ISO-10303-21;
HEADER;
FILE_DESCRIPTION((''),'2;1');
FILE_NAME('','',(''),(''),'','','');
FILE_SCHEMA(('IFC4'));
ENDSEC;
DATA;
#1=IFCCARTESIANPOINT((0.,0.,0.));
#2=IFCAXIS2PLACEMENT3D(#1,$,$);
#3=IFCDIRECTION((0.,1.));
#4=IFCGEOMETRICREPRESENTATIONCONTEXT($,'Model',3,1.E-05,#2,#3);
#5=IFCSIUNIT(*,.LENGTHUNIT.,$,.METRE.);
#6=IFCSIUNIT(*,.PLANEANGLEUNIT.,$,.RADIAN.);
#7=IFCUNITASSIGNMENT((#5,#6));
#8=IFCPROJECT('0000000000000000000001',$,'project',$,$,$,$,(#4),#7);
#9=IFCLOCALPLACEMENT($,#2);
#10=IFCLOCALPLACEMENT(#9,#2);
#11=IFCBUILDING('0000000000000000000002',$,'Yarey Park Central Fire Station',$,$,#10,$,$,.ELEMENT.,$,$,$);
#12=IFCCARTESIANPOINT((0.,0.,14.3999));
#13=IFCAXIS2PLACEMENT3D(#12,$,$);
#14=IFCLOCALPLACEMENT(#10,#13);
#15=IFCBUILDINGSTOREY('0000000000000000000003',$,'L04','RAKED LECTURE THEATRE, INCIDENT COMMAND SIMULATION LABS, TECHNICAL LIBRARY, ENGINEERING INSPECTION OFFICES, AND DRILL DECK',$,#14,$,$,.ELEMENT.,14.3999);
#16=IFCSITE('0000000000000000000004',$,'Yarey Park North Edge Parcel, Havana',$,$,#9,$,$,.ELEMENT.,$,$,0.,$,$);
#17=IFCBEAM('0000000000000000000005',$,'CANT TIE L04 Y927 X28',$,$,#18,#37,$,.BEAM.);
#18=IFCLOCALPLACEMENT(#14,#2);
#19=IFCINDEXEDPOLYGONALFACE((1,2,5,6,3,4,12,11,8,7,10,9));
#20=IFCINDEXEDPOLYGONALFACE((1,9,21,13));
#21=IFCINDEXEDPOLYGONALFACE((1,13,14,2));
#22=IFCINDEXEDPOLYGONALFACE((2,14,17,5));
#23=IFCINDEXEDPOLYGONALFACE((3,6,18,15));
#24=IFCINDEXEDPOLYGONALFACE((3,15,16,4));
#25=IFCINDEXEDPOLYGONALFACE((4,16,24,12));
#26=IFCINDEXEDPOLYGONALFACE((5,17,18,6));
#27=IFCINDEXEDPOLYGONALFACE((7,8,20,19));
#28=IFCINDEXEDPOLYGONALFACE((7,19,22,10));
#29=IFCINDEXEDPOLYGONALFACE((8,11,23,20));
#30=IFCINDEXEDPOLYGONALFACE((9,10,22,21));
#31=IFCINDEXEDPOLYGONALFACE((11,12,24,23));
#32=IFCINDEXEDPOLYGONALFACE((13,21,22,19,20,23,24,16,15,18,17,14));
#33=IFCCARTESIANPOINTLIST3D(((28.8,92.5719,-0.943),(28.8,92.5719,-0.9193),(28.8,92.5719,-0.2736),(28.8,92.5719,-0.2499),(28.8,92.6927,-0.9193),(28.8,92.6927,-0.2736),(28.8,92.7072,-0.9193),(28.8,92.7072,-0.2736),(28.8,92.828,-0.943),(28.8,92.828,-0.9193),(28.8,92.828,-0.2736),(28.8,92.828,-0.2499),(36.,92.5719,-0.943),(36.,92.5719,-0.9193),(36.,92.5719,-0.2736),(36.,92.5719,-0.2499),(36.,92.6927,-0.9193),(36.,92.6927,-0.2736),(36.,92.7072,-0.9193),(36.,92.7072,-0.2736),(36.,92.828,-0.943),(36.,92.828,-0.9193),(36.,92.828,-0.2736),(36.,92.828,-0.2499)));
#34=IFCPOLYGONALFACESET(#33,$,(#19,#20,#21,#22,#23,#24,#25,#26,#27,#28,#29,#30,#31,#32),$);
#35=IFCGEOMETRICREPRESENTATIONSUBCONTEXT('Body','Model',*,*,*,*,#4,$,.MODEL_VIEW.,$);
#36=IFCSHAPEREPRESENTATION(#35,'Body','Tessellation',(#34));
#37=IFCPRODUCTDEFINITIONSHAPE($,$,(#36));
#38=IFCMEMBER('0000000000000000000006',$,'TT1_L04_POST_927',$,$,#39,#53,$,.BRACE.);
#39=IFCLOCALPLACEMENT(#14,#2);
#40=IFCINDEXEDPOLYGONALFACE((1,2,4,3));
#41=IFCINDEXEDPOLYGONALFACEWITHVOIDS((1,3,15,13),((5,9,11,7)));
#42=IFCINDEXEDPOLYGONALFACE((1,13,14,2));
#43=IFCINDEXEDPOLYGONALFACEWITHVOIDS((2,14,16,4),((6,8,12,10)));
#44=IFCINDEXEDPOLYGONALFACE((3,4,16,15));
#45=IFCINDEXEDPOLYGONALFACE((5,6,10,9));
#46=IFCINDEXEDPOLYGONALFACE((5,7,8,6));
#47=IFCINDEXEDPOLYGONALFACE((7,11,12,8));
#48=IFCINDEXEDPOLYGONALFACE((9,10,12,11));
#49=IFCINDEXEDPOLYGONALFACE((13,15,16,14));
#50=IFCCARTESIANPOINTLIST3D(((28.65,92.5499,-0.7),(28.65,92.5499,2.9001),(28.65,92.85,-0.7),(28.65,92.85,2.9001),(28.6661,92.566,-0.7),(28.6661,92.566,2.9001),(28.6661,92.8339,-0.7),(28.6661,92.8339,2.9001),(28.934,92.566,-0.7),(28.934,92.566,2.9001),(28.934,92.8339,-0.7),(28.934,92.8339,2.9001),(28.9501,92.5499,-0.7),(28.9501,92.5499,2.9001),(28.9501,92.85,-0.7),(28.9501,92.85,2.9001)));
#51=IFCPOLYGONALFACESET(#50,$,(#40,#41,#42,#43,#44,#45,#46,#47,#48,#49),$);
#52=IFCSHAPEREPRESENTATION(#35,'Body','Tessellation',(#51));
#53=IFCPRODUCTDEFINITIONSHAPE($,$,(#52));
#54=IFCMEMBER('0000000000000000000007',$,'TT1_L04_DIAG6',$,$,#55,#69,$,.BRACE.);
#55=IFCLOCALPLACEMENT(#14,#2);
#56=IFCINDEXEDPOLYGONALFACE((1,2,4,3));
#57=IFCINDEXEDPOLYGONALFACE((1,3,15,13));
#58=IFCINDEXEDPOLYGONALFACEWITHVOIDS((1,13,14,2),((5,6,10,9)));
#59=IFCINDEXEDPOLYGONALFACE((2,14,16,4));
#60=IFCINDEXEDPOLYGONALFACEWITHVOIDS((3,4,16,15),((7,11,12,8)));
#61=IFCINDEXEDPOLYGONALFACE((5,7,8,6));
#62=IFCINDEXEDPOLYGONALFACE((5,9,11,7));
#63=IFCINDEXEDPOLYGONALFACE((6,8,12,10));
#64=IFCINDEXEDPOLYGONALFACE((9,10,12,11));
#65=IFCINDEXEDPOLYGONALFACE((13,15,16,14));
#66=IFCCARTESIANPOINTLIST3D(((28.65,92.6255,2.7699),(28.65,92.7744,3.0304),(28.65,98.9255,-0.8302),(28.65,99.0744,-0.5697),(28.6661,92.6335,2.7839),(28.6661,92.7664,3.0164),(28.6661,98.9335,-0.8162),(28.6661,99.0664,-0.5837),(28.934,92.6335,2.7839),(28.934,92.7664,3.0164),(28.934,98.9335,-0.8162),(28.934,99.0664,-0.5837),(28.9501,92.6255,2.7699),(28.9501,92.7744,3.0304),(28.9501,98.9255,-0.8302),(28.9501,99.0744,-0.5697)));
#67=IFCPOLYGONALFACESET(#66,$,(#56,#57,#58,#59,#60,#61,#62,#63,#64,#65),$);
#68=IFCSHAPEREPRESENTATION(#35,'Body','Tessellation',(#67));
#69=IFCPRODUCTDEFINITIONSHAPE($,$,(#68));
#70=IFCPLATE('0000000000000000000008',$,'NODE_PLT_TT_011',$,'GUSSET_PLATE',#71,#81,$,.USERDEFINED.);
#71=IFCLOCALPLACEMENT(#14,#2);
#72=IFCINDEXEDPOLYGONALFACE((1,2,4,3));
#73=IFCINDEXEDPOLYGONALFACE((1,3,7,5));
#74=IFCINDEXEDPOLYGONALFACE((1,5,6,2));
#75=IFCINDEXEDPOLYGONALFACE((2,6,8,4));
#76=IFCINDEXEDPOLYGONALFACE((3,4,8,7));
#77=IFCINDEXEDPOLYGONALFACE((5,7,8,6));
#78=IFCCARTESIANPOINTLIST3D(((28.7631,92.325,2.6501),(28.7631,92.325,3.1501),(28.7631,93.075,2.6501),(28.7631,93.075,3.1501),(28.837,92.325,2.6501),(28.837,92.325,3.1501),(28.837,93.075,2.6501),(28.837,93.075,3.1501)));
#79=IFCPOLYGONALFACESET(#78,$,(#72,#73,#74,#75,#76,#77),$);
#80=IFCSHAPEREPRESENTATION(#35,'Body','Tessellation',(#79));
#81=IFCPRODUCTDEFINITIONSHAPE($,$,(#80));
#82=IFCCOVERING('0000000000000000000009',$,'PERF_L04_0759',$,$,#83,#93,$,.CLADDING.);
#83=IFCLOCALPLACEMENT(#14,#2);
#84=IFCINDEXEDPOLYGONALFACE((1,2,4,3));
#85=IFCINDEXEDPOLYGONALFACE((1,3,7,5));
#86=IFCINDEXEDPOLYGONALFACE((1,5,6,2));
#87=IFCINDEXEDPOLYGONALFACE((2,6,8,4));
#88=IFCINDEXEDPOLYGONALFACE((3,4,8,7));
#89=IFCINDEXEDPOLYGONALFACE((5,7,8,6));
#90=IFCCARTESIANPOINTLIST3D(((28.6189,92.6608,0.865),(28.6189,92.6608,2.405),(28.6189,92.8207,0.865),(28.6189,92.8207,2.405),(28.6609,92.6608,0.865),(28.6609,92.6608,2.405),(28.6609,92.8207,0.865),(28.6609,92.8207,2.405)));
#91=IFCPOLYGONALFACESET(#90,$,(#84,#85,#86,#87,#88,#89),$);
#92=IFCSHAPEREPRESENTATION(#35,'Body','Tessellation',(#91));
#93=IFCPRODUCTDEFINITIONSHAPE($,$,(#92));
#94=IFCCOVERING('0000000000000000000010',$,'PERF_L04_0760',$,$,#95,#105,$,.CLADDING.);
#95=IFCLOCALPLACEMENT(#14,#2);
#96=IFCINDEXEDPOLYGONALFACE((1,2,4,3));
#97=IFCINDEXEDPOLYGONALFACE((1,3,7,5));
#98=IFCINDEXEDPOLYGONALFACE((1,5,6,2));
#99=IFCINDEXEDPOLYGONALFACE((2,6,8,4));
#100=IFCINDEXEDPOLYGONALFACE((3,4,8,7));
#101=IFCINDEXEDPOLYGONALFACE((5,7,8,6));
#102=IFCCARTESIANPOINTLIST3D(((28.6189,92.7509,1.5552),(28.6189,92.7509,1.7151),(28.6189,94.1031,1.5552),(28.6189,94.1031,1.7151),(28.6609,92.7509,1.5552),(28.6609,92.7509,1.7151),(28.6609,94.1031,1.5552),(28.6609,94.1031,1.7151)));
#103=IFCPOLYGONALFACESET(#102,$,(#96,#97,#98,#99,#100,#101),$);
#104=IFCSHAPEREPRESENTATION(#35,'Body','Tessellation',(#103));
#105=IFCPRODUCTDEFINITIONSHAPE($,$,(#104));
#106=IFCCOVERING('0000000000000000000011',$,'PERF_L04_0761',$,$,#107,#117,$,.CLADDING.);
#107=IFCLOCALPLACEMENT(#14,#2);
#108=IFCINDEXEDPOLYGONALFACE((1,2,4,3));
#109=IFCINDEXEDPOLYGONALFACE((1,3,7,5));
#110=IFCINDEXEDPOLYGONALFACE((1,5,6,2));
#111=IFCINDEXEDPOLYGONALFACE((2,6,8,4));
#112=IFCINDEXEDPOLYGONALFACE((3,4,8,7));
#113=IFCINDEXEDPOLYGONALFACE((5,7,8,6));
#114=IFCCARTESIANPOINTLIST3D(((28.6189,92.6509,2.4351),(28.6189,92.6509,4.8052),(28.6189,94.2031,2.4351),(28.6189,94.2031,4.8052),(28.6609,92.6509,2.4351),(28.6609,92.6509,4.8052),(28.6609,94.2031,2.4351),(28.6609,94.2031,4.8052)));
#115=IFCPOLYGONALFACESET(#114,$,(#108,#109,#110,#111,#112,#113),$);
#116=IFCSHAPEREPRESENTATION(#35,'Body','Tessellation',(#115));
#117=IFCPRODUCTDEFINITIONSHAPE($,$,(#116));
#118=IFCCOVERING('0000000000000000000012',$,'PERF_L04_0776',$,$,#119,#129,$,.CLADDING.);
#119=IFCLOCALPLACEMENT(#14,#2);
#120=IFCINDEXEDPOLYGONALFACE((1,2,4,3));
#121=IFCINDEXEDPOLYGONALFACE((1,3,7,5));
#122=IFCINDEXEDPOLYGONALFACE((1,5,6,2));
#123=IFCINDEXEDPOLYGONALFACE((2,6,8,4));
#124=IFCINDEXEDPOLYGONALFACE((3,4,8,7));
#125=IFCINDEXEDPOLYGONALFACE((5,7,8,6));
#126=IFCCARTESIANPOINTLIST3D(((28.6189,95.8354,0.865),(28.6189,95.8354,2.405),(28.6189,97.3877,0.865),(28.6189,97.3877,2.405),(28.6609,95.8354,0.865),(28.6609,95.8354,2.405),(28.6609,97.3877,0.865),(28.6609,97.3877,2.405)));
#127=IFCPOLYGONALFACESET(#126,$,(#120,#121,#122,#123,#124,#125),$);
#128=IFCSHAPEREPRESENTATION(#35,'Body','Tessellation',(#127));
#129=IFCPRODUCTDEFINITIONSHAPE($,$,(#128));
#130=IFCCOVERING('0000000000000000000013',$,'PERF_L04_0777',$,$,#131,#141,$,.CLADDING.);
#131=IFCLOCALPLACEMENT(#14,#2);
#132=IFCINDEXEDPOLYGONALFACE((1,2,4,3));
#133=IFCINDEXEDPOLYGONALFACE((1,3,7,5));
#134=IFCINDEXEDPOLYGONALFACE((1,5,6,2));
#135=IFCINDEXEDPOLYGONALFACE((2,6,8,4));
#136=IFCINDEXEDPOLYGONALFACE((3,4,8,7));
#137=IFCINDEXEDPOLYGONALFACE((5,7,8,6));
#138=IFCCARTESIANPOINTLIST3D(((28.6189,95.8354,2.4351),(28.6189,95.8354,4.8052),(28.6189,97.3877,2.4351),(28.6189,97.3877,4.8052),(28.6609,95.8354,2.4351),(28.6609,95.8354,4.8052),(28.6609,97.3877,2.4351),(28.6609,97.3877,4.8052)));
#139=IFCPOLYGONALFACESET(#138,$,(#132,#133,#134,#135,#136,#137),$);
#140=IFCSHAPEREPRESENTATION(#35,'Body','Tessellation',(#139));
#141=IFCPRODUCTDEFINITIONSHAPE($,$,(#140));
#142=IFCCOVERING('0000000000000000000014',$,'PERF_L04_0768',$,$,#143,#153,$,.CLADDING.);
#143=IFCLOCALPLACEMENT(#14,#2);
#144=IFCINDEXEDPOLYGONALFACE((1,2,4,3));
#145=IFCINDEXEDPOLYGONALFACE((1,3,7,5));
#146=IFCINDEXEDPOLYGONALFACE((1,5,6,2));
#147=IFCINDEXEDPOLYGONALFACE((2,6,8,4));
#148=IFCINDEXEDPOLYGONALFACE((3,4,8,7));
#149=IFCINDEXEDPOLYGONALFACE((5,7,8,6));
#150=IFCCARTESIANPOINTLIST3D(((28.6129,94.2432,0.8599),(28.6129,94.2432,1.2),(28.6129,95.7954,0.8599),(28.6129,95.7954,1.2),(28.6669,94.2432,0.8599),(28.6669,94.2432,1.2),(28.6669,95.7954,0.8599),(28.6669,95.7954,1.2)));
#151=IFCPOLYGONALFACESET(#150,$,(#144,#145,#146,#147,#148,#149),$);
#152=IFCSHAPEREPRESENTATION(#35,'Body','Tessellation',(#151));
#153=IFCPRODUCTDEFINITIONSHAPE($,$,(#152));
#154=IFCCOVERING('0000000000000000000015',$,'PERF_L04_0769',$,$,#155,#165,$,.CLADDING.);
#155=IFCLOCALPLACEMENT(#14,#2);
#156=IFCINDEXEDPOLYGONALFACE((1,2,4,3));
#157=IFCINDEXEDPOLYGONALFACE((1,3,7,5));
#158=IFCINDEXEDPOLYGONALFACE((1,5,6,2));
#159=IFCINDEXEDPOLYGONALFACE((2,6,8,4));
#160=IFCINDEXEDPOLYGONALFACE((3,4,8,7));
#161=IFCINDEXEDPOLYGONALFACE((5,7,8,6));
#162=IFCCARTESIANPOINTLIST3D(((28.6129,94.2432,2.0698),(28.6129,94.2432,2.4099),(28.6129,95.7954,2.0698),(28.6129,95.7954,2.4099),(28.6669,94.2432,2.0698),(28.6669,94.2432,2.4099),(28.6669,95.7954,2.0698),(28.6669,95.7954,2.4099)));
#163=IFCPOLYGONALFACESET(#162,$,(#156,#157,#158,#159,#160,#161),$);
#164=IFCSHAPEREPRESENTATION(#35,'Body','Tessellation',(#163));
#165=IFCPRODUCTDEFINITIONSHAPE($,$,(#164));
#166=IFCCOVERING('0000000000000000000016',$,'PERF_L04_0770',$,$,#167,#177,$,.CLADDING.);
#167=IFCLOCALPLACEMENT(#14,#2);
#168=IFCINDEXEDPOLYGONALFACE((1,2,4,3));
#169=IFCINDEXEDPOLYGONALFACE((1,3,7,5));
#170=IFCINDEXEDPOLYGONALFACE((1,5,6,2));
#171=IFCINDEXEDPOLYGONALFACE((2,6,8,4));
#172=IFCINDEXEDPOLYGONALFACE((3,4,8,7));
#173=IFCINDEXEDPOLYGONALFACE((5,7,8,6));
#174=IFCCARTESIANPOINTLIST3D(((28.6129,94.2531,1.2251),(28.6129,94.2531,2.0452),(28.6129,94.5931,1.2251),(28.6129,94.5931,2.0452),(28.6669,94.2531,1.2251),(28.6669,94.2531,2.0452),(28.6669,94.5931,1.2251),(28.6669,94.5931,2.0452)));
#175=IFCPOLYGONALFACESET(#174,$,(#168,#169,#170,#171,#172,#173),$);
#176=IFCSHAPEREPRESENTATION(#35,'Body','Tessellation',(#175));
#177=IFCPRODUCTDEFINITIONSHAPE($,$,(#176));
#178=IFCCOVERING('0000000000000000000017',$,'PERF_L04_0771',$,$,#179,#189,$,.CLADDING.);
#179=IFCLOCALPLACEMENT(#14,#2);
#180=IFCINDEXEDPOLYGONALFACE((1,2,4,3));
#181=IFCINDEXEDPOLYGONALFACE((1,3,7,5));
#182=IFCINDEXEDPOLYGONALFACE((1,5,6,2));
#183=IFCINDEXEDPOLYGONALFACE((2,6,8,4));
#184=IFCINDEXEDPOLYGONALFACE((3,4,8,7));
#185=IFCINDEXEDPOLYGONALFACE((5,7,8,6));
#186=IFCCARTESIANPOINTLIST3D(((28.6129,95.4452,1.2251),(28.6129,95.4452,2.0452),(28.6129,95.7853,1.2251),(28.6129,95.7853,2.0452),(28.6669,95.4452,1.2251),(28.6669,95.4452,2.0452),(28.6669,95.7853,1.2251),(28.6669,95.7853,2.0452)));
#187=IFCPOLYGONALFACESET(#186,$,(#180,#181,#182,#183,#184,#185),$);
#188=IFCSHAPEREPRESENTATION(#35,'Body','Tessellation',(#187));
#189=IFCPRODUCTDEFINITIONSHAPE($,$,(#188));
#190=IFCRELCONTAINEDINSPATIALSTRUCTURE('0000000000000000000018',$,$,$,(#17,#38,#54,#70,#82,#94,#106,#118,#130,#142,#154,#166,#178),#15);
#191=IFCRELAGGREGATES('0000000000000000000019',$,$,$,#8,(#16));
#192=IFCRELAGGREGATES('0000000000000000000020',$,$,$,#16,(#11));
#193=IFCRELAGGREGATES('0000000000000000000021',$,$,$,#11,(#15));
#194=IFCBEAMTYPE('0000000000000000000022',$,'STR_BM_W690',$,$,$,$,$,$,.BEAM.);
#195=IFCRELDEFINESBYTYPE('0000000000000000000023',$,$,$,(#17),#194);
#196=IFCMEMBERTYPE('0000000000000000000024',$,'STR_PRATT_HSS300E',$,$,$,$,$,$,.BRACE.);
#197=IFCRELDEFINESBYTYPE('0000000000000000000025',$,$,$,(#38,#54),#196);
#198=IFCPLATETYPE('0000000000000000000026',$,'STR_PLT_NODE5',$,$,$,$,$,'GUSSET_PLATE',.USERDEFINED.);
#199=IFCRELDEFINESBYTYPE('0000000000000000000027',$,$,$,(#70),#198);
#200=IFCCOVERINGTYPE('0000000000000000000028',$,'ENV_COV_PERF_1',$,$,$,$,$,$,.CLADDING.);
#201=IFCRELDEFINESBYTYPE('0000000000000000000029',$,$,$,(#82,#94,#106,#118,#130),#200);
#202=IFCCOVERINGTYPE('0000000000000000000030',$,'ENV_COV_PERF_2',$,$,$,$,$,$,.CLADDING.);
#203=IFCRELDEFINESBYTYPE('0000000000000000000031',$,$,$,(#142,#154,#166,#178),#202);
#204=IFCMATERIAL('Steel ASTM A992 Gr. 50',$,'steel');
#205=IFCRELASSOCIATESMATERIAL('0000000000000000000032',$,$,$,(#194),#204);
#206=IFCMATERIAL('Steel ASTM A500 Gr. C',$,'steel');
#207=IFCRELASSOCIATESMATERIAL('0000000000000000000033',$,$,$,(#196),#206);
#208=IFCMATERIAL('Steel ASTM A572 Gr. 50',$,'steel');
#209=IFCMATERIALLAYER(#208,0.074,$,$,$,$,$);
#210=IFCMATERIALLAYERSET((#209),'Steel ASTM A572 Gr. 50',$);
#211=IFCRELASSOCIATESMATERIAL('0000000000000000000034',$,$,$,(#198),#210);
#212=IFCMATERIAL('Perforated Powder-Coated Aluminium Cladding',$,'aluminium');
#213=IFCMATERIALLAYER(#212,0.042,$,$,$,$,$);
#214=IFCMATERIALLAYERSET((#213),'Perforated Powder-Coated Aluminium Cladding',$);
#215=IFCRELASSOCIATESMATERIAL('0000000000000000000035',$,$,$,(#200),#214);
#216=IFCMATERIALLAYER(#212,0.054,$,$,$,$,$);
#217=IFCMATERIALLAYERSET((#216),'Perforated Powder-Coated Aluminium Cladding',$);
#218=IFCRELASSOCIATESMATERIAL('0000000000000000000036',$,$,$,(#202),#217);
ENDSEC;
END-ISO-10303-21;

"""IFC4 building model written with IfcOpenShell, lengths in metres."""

from ifc_helpers import new_model, si_unit, direction, frame, origin, origin_2d, place, context, subcontext, project, spatial, rectangle, hollow_rectangle, i_section, extrude, material, layer, layer_set, material_profile, profile_set, type_object, element, save


model = new_model("IFC4")

# Units and contexts
model_context = context("Model", 3, precision=1e-05, world=origin(), true_north=direction((0.0, 1.0)))
body_context = subcontext(model_context, "Body", "Model", "MODEL_VIEW")
ifc_project = project(units=[si_unit("LENGTHUNIT", "METRE"), si_unit("PLANEANGLEUNIT", "RADIAN")], contexts=[model_context])

# Site, building, storey
site_placement = place(None, origin())
site = spatial("IfcSite", under=ifc_project, at=site_placement, Name="Yarey Park North Edge Parcel, Havana", CompositionType="ELEMENT", RefElevation=0.0)
building_placement = place(site_placement, origin())
building = spatial("IfcBuilding", under=site, at=building_placement, Name="Yarey Park Central Fire Station", CompositionType="ELEMENT")
storey_placement = place(building_placement, frame((0.0, 0.0, 14.3999)))
storey = spatial("IfcBuildingStorey", under=building, at=storey_placement, Name="L04", Description="RAKED LECTURE THEATRE, INCIDENT COMMAND SIMULATION LABS, TECHNICAL LIBRARY, ENGINEERING INSPECTION OFFICES, AND DRILL DECK", CompositionType="ELEMENT", Elevation=14.3999)

# Beam
ifc_material_1 = material(Name="Steel ASTM A992 Gr. 50", Category="steel")
ifc_material_profile_1 = material_profile(ifc_material_1, i_section(OverallWidth=0.2561, OverallDepth=0.6931, WebThickness=0.0144, FlangeThickness=0.0237, at=origin_2d()), Name="W690x170")
ifc_profile_set_1 = profile_set([ifc_material_profile_1], Name="Steel ASTM A992 Gr. 50")
beam_type = type_object("IfcBeamType", Name="STR_BM_W690", PredefinedType="BEAM", material=ifc_profile_set_1)
beam_placement = place(storey_placement, frame((28.8, 92.7, -0.5964), z_axis=(1.0, 0.0, 0.0), x_axis=(0.0, 1.0, 0.0)))
element("IfcBeam", 1, at=beam_placement, inside=storey, type_object=beam_type, Name="CANT TIE L04 Y927 X28", PredefinedType="BEAM", context=body_context, shape_type="SweptSolid", body=[
    extrude(i_section(OverallWidth=0.2561, OverallDepth=0.6931, WebThickness=0.0144, FlangeThickness=0.0237, at=origin_2d()), origin(), (0.0, 0.0, 1.0), 7.2),
])

# Members
ifc_material_2 = material(Name="Steel ASTM A500 Gr. C", Category="steel")
ifc_material_profile_2 = material_profile(ifc_material_2, hollow_rectangle(XDim=0.3, YDim=0.3, WallThickness=0.0161, at=origin_2d()), Name="HSS 300x300x16")
ifc_profile_set_2 = profile_set([ifc_material_profile_2], Name="Steel ASTM A500 Gr. C")
member_type = type_object("IfcMemberType", Name="STR_PRATT_HSS300E", PredefinedType="BRACE", material=ifc_profile_set_2)
member_1_placement = place(storey_placement, frame((28.8, 92.7, -0.7), z_axis=(0.0, 0.0, 1.0), x_axis=(1.0, 0.0, 0.0)))
element("IfcMember", 2, at=member_1_placement, inside=storey, type_object=member_type, Name="TT1_L04_POST_927", PredefinedType="BRACE", context=body_context, shape_type="SweptSolid", body=[
    extrude(hollow_rectangle(XDim=0.3, YDim=0.3, WallThickness=0.0161, at=origin_2d()), origin(), (0.0, 0.0, 1.0), 3.6001),
])
member_2_placement = place(storey_placement, frame((28.8, 92.7, 2.9001), z_axis=(0.0, 0.868239, -0.496146), x_axis=(-1.0, 0.0, 0.0)))
element("IfcMember", 3, at=member_2_placement, inside=storey, type_object=member_type, Name="TT1_L04_DIAG6", PredefinedType="BRACE", context=body_context, shape_type="SweptSolid", body=[
    extrude(hollow_rectangle(XDim=0.3, YDim=0.3, WallThickness=0.0161, at=origin_2d()), origin(), (0.0, 0.0, 1.0), 7.2561),
])

# Plate
ifc_material_3 = material(Name="Steel ASTM A572 Gr. 50", Category="steel")
ifc_layer_1 = layer(ifc_material_3, 0.074)
ifc_layer_set_1 = layer_set([ifc_layer_1], Name="Steel ASTM A572 Gr. 50")
plate_type = type_object("IfcPlateType", Name="STR_PLT_NODE5", ElementType="GUSSET_PLATE", PredefinedType="USERDEFINED", material=ifc_layer_set_1)
plate_placement = place(storey_placement, frame((28.8, 92.7, 2.6501), z_axis=(0.0, 0.0, 1.0), x_axis=(1.0, 0.0, 0.0)))
element("IfcPlate", 4, at=plate_placement, inside=storey, type_object=plate_type, Name="NODE_PLT_TT_011", ObjectType="GUSSET_PLATE", PredefinedType="USERDEFINED", context=body_context, shape_type="SweptSolid", body=[
    extrude(rectangle(XDim=0.074, YDim=0.75, at=origin_2d()), origin(), (0.0, 0.0, 1.0), 0.5),
])

# Coverings
ifc_material_4 = material(Name="Perforated Powder-Coated Aluminium Cladding", Category="aluminium")
ifc_layer_2 = layer(ifc_material_4, 0.042)
ifc_layer_set_2 = layer_set([ifc_layer_2], Name="Perforated Powder-Coated Aluminium Cladding")
covering_type_1 = type_object("IfcCoveringType", Name="ENV_COV_PERF_1", PredefinedType="CLADDING", material=ifc_layer_set_2)
covering_1_placement = place(storey_placement, frame((28.6399, 92.7407, 0.865), z_axis=(0.0, 0.0, 1.0), x_axis=(0.0, 1.0, 0.0)))
element("IfcCovering", 5, at=covering_1_placement, inside=storey, type_object=covering_type_1, Name="PERF_L04_0759", PredefinedType="CLADDING", context=body_context, shape_type="SweptSolid", body=[
    extrude(rectangle(XDim=0.1599, YDim=0.042, at=origin_2d()), origin(), (0.0, 0.0, 1.0), 1.54),
])
covering_2_placement = place(storey_placement, frame((28.6399, 93.427, 1.5552), z_axis=(0.0, 0.0, 1.0), x_axis=(0.0, 1.0, 0.0)))
element("IfcCovering", 6, at=covering_2_placement, inside=storey, type_object=covering_type_1, Name="PERF_L04_0760", PredefinedType="CLADDING", context=body_context, shape_type="SweptSolid", body=[
    extrude(rectangle(XDim=1.3523, YDim=0.042, at=origin_2d()), origin(), (0.0, 0.0, 1.0), 0.1599),
])
covering_3_placement = place(storey_placement, frame((28.6399, 93.427, 2.4351), z_axis=(0.0, 0.0, 1.0), x_axis=(0.0, 1.0, 0.0)))
element("IfcCovering", 7, at=covering_3_placement, inside=storey, type_object=covering_type_1, Name="PERF_L04_0761", PredefinedType="CLADDING", context=body_context, shape_type="SweptSolid", body=[
    extrude(rectangle(XDim=1.5522, YDim=0.042, at=origin_2d()), origin(), (0.0, 0.0, 1.0), 2.3701),
])
covering_4_placement = place(storey_placement, frame((28.6399, 96.6116, 0.865), z_axis=(0.0, 0.0, 1.0), x_axis=(0.0, 1.0, 0.0)))
element("IfcCovering", 8, at=covering_4_placement, inside=storey, type_object=covering_type_1, Name="PERF_L04_0776", PredefinedType="CLADDING", context=body_context, shape_type="SweptSolid", body=[
    extrude(rectangle(XDim=1.5522, YDim=0.042, at=origin_2d()), origin(), (0.0, 0.0, 1.0), 1.54),
])
covering_5_placement = place(storey_placement, frame((28.6399, 96.6116, 2.4351), z_axis=(0.0, 0.0, 1.0), x_axis=(0.0, 1.0, 0.0)))
element("IfcCovering", 9, at=covering_5_placement, inside=storey, type_object=covering_type_1, Name="PERF_L04_0777", PredefinedType="CLADDING", context=body_context, shape_type="SweptSolid", body=[
    extrude(rectangle(XDim=1.5522, YDim=0.042, at=origin_2d()), origin(), (0.0, 0.0, 1.0), 2.3701),
])
ifc_layer_3 = layer(ifc_material_4, 0.054)
ifc_layer_set_3 = layer_set([ifc_layer_3], Name="Perforated Powder-Coated Aluminium Cladding")
covering_type_2 = type_object("IfcCoveringType", Name="ENV_COV_PERF_2", PredefinedType="CLADDING", material=ifc_layer_set_3)
for number, where, z_axis, x_axis, name in (
    (10, (28.6399, 95.0193, 0.8599), (0.0, 0.0, 1.0), (0.0, 1.0, 0.0), "PERF_L04_0768"),
    (11, (28.6399, 95.0193, 2.0698), (0.0, 0.0, 1.0), (0.0, 1.0, 0.0), "PERF_L04_0769"),
):
    element("IfcCovering", number, at=place(storey_placement, frame(where, z_axis=z_axis, x_axis=x_axis)), inside=storey, type_object=covering_type_2, Name=name, PredefinedType="CLADDING", context=body_context, shape_type="SweptSolid", body=[
        extrude(rectangle(XDim=1.5522, YDim=0.054, at=origin_2d()), origin(), (0.0, 0.0, 1.0), 0.3401),
    ])
for number, where, z_axis, x_axis, name in (
    (12, (28.6399, 94.4231, 1.2251), (0.0, 0.0, 1.0), (0.0, 1.0, 0.0), "PERF_L04_0770"),
    (13, (28.6399, 95.6152, 1.2251), (0.0, 0.0, 1.0), (0.0, 1.0, 0.0), "PERF_L04_0771"),
):
    element("IfcCovering", number, at=place(storey_placement, frame(where, z_axis=z_axis, x_axis=x_axis)), inside=storey, type_object=covering_type_2, Name=name, PredefinedType="CLADDING", context=body_context, shape_type="SweptSolid", body=[
        extrude(rectangle(XDim=0.3401, YDim=0.054, at=origin_2d()), origin(), (0.0, 0.0, 1.0), 0.8201),
    ])

save(model, "model.ifc")
